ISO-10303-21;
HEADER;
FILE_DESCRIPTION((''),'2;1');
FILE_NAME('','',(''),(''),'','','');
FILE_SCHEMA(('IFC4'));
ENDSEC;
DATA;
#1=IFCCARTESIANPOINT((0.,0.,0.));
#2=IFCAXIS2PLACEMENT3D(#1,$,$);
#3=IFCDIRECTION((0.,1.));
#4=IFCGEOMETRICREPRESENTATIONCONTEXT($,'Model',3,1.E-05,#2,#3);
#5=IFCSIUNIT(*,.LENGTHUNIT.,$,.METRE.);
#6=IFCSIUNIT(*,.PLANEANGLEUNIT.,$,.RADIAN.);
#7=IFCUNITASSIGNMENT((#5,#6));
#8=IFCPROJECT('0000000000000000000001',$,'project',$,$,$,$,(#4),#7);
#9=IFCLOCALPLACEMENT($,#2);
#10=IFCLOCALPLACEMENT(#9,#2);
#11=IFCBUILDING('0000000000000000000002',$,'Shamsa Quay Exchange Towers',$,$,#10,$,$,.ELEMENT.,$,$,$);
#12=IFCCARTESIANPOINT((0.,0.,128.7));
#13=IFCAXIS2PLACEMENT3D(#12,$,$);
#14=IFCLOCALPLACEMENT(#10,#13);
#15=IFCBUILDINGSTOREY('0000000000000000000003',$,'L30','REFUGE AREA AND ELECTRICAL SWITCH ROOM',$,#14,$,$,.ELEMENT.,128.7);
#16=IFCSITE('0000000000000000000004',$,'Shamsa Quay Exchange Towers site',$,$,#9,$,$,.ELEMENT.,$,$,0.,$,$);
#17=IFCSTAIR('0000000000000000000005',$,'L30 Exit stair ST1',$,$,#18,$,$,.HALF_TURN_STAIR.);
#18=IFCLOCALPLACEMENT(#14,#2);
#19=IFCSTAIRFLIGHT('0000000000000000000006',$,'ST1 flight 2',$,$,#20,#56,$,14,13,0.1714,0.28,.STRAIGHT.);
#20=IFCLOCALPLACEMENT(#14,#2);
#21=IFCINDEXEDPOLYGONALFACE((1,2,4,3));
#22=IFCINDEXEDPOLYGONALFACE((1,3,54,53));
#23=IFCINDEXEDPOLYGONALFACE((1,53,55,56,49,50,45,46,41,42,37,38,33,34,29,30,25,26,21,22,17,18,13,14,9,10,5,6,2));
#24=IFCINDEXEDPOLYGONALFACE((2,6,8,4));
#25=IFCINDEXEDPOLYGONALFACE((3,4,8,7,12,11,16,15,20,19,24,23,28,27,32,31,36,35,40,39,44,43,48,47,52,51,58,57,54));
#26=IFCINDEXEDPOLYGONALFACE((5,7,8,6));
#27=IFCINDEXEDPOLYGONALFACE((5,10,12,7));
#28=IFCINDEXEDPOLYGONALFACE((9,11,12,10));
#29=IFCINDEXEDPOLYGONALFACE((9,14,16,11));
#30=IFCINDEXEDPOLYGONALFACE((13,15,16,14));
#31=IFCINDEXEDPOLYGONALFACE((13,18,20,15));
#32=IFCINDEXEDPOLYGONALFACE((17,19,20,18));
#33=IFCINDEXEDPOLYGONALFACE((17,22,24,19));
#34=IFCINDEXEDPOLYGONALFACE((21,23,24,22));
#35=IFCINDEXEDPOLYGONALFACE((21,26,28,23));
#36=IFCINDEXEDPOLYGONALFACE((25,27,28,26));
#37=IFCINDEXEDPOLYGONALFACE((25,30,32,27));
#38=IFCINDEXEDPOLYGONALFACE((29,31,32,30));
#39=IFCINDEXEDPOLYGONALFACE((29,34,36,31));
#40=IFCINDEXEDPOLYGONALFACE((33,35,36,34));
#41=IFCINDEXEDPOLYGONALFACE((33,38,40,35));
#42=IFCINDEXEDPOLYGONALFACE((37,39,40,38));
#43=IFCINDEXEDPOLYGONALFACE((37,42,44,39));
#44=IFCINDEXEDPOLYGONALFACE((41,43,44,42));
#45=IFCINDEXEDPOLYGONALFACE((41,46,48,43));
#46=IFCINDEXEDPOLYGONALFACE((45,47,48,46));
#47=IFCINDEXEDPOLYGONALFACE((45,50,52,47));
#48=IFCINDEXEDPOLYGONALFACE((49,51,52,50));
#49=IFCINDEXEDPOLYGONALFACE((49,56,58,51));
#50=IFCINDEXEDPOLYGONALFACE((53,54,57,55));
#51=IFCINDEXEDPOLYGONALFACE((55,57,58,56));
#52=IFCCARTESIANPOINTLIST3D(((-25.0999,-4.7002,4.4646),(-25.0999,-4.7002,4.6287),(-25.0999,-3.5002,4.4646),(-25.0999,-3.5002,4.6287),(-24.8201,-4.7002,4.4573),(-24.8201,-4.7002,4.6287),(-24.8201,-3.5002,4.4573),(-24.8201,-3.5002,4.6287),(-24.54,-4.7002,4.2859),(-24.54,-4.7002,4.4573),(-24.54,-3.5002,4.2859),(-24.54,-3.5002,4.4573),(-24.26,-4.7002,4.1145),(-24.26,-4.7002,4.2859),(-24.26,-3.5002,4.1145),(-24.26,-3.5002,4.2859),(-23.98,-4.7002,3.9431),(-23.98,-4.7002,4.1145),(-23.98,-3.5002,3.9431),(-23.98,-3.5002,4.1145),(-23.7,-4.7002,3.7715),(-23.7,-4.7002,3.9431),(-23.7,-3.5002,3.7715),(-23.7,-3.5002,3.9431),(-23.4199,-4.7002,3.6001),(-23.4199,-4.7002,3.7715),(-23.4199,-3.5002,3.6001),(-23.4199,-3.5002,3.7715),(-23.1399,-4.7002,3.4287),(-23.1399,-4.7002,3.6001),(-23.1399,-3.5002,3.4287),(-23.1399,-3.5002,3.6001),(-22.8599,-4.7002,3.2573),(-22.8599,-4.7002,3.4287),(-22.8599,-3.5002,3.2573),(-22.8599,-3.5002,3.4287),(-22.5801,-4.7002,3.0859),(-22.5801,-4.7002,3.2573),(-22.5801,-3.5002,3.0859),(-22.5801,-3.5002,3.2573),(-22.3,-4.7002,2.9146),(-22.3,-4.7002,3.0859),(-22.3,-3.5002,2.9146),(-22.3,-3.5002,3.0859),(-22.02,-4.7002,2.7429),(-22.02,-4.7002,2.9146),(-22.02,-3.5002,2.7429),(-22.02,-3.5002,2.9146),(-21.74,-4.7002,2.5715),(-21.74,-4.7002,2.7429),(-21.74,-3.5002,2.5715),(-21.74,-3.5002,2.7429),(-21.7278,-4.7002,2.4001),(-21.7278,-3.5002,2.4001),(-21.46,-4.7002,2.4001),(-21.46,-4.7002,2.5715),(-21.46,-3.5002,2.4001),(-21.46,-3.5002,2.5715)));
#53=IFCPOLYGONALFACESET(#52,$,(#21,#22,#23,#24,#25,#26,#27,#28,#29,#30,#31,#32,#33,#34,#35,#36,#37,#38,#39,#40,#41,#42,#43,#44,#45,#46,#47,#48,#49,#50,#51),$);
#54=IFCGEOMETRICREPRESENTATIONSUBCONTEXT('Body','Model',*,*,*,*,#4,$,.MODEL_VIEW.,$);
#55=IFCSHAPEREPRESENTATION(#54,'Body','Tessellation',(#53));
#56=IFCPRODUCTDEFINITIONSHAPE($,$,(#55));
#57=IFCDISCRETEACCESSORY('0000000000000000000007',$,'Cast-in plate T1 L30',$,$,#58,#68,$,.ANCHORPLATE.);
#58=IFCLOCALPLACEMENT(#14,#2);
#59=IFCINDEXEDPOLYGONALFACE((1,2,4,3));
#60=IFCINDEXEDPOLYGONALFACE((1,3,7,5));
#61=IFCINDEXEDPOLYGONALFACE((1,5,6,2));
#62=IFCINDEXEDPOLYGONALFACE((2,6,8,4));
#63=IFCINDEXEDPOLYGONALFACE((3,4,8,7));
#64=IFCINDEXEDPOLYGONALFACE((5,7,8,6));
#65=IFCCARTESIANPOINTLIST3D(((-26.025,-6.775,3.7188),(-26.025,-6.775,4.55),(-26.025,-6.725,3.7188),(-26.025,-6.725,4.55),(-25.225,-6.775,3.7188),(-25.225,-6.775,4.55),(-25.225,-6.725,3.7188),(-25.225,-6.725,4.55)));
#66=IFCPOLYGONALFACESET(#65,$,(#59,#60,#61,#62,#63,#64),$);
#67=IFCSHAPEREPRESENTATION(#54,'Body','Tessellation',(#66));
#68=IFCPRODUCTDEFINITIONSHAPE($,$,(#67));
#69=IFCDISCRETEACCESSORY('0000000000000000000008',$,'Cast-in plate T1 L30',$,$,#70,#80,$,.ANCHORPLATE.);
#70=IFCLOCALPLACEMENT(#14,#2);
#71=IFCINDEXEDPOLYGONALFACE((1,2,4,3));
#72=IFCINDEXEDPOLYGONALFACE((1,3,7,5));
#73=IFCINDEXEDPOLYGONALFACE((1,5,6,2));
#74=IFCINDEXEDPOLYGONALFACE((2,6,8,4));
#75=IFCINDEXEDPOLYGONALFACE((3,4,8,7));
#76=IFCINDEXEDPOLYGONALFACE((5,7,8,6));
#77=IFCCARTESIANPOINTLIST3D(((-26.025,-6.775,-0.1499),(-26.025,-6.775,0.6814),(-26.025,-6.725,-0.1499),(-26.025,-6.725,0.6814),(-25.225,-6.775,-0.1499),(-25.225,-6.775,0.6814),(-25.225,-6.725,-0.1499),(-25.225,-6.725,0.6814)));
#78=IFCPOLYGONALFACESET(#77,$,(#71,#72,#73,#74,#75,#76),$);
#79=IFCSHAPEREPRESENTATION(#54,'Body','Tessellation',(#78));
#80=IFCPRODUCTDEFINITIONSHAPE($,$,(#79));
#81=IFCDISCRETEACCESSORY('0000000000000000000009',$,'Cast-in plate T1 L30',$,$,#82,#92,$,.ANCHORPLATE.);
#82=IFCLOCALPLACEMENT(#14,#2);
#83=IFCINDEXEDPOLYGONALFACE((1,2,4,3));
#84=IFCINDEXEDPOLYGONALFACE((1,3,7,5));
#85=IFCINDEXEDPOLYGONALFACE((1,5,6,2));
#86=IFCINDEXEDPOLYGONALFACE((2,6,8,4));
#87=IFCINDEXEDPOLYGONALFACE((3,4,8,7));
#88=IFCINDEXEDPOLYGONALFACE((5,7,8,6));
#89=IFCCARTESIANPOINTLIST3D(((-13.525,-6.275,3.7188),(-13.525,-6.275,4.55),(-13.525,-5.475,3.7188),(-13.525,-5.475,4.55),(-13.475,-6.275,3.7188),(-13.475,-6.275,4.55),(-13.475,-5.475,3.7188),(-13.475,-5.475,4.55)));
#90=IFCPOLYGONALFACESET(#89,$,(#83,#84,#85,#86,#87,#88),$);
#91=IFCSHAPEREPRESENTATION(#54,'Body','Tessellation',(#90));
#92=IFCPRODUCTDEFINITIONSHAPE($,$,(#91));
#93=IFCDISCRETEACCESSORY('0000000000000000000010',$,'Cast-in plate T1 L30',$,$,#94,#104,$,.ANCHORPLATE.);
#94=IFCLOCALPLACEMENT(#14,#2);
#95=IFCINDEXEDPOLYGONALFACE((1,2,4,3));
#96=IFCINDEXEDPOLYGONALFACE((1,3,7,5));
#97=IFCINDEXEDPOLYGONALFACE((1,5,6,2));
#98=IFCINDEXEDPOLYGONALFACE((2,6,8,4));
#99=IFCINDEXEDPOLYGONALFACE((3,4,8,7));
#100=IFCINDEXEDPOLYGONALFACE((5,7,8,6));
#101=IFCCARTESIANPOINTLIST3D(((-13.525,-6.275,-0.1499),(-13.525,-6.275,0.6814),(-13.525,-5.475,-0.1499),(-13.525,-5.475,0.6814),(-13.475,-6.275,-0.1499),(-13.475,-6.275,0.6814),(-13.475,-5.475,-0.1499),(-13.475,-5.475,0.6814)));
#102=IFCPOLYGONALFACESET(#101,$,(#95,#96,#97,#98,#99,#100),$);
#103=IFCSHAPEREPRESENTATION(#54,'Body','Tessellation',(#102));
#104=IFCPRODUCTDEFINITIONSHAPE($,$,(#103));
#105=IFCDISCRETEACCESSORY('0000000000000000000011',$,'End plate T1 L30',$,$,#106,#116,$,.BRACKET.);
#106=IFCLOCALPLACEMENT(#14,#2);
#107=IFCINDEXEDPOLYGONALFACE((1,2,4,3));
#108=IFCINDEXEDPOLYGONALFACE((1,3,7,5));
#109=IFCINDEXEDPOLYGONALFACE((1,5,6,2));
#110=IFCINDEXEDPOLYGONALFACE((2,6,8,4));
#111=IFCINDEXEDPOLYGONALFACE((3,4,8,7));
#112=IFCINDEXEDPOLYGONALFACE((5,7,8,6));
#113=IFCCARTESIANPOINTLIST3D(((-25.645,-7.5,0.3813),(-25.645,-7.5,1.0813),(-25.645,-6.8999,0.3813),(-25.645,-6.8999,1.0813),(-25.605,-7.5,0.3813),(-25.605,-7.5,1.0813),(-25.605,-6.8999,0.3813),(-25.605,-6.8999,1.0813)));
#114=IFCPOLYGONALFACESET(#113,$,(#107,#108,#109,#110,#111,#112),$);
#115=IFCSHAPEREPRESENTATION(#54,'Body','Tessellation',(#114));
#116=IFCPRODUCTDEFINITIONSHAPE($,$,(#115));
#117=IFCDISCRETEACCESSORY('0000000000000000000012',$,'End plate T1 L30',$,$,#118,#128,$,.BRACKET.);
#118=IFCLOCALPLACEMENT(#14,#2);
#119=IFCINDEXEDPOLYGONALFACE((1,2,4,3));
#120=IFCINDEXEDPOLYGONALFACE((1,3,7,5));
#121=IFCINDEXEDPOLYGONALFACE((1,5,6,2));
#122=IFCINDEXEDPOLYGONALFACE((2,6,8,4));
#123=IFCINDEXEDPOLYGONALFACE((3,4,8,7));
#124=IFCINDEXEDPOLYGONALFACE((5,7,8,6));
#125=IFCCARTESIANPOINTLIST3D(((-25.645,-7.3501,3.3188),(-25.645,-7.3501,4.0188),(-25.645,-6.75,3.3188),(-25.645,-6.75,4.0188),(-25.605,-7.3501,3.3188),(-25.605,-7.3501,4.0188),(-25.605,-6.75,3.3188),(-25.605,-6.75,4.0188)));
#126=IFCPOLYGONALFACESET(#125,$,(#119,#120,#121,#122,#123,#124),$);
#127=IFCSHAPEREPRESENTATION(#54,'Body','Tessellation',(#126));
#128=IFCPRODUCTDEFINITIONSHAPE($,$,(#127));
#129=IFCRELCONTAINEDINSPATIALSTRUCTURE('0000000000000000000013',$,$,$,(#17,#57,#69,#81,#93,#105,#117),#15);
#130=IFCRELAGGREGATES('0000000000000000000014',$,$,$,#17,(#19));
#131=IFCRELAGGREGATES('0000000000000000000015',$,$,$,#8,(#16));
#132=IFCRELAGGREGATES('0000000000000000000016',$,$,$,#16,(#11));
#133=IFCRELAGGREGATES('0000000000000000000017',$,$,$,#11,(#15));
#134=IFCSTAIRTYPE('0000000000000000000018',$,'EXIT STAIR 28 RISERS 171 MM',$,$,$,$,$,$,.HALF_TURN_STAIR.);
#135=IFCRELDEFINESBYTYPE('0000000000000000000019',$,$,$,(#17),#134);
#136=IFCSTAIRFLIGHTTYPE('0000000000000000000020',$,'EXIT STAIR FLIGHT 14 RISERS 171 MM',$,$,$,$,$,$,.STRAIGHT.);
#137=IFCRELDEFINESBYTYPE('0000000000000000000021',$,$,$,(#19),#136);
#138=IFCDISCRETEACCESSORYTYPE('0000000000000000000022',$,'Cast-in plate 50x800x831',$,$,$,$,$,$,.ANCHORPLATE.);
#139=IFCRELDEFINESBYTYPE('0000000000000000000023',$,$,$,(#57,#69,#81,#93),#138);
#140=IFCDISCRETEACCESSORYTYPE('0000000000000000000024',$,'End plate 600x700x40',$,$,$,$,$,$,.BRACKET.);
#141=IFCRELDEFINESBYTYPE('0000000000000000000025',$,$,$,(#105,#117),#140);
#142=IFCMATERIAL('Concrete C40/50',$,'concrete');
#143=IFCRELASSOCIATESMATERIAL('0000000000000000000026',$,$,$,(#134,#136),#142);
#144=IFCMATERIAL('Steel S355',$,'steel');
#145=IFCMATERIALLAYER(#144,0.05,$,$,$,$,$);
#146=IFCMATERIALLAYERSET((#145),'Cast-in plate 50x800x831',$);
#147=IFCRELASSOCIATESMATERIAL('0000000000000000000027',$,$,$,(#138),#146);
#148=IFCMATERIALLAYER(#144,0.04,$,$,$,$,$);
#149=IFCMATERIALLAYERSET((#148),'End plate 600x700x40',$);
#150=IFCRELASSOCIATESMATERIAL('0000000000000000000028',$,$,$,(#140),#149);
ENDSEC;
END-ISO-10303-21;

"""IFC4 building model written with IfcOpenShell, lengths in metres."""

from ifc_helpers import new_model, si_unit, direction, frame, origin, origin_2d, place, context, subcontext, project, spatial, polyline, rectangle, outline, extrude, material, layer, layer_set, type_object, element, aggregate, save


model = new_model("IFC4")

# Units and contexts
model_context = context("Model", 3, precision=1e-05, world=origin(), true_north=direction((0.0, 1.0)))
body_context = subcontext(model_context, "Body", "Model", "MODEL_VIEW")
ifc_project = project(units=[si_unit("LENGTHUNIT", "METRE"), si_unit("PLANEANGLEUNIT", "RADIAN")], contexts=[model_context])

# Site, building, storey
site_placement = place(None, origin())
site = spatial("IfcSite", under=ifc_project, at=site_placement, Name="Shamsa Quay Exchange Towers site", CompositionType="ELEMENT", RefElevation=0.0)
building_placement = place(site_placement, origin())
building = spatial("IfcBuilding", under=site, at=building_placement, Name="Shamsa Quay Exchange Towers", CompositionType="ELEMENT")
storey_placement = place(building_placement, frame((0.0, 0.0, 128.7)))
storey = spatial("IfcBuildingStorey", under=building, at=storey_placement, Name="L30", Description="REFUGE AREA AND ELECTRICAL SWITCH ROOM", CompositionType="ELEMENT", Elevation=128.7)

# Shared definitions
ifc_material_1 = material(Name="Steel S355", Category="steel")

# Stair, stair flight
ifc_material_2 = material(Name="Concrete C40/50", Category="concrete")
stair_type = type_object("IfcStairType", Name="EXIT STAIR 28 RISERS 171 MM", PredefinedType="HALF_TURN_STAIR", material=ifc_material_2)
stair_placement = place(storey_placement, origin())
stair = element("IfcStair", 1, at=stair_placement, inside=storey, type_object=stair_type, Name="L30 Exit stair ST1", PredefinedType="HALF_TURN_STAIR")
stair_flight_type = type_object("IfcStairFlightType", Name="EXIT STAIR FLIGHT 14 RISERS 171 MM", PredefinedType="STRAIGHT", material=ifc_material_2)
stair_flight_1_placement = place(storey_placement, frame((-21.46, -4.1001, 2.4001), z_axis=(0.0, 0.0, 1.0), x_axis=(-1.0, 0.0, 0.0)))
stair_flight_1 = element("IfcStairFlight", 2, at=stair_flight_1_placement, type_object=stair_flight_type, Name="ST1 flight 2", NumberOfRisers=14, NumberOfTreads=13, PredefinedType="STRAIGHT", RiserHeight=0.1714, TreadLength=0.28, context=body_context, shape_type="SweptSolid", body=[
    extrude(outline(polyline([(0.0, 0.0), (0.0, 0.1714), (0.28, 0.1714), (0.28, 0.3428), (0.5601, 0.3428), (0.5601, 0.5144), (0.8401, 0.5144), (0.8401, 0.6858), (1.1201, 0.6858), (1.1201, 0.8572), (1.3999, 0.8572), (1.3999, 1.0286), (1.6799, 1.0286), (1.6799, 1.2), (1.96, 1.2), (1.96, 1.3713), (2.24, 1.3713), (2.24, 1.543), (2.52, 1.543), (2.52, 1.7144), (2.8, 1.7144), (2.8, 1.8857), (3.0801, 1.8857), (3.0801, 2.0571), (3.3601, 2.0571), (3.3601, 2.2285), (3.6399, 2.2285), (3.6399, 2.3999), (3.6399, 2.0645), (0.2678, 0.0), (0.0, 0.0)])), frame((0.0, 0.6001, 0.0), z_axis=(0.0, -1.0, 0.0), x_axis=(1.0, 0.0, 0.0)), (0.0, 0.0, 1.0), 1.2),
])
aggregate(stair, [stair_flight_1])

# Discrete accessories
ifc_layer_1 = layer(ifc_material_1, 0.05)
ifc_layer_set_1 = layer_set([ifc_layer_1], Name="Cast-in plate 50x800x831")
discrete_accessory_type_1 = type_object("IfcDiscreteAccessoryType", Name="Cast-in plate 50x800x831", PredefinedType="ANCHORPLATE", material=ifc_layer_set_1)
for number, where, z_axis, x_axis, name in (
    (3, (-25.625, -6.75, 3.7188), (0.0, 0.0, 1.0), (0.0, 1.0, 0.0), "Cast-in plate T1 L30"),
    (4, (-25.625, -6.75, -0.1499), (0.0, 0.0, 1.0), (0.0, 1.0, 0.0), "Cast-in plate T1 L30"),
    (5, (-13.5, -5.875, 3.7188), (0.0, 0.0, 1.0), (-1.0, 0.0, 0.0), "Cast-in plate T1 L30"),
    (6, (-13.5, -5.875, -0.1499), (0.0, 0.0, 1.0), (-1.0, 0.0, 0.0), "Cast-in plate T1 L30"),
):
    element("IfcDiscreteAccessory", number, at=place(storey_placement, frame(where, z_axis=z_axis, x_axis=x_axis)), inside=storey, type_object=discrete_accessory_type_1, Name=name, PredefinedType="ANCHORPLATE", context=body_context, shape_type="SweptSolid", body=[
        extrude(rectangle(XDim=0.05, YDim=0.8, at=origin_2d()), origin(), (0.0, 0.0, 1.0), 0.8313),
    ])
ifc_layer_2 = layer(ifc_material_1, 0.04)
ifc_layer_set_2 = layer_set([ifc_layer_2], Name="End plate 600x700x40")
discrete_accessory_type_2 = type_object("IfcDiscreteAccessoryType", Name="End plate 600x700x40", PredefinedType="BRACKET", material=ifc_layer_set_2)
for number, where, z_axis, x_axis, name in (
    (7, (-25.625, -7.2, 0.3813), (0.0, 0.0, 1.0), (0.0, 1.0, 0.0), "End plate T1 L30"),
    (8, (-25.625, -7.05, 3.3188), (0.0, 0.0, 1.0), (0.0, 1.0, 0.0), "End plate T1 L30"),
):
    element("IfcDiscreteAccessory", number, at=place(storey_placement, frame(where, z_axis=z_axis, x_axis=x_axis)), inside=storey, type_object=discrete_accessory_type_2, Name=name, PredefinedType="BRACKET", context=body_context, shape_type="SweptSolid", body=[
        extrude(rectangle(XDim=0.6001, YDim=0.04, at=origin_2d()), origin(), (0.0, 0.0, 1.0), 0.7),
    ])

save(model, "model.ifc")
